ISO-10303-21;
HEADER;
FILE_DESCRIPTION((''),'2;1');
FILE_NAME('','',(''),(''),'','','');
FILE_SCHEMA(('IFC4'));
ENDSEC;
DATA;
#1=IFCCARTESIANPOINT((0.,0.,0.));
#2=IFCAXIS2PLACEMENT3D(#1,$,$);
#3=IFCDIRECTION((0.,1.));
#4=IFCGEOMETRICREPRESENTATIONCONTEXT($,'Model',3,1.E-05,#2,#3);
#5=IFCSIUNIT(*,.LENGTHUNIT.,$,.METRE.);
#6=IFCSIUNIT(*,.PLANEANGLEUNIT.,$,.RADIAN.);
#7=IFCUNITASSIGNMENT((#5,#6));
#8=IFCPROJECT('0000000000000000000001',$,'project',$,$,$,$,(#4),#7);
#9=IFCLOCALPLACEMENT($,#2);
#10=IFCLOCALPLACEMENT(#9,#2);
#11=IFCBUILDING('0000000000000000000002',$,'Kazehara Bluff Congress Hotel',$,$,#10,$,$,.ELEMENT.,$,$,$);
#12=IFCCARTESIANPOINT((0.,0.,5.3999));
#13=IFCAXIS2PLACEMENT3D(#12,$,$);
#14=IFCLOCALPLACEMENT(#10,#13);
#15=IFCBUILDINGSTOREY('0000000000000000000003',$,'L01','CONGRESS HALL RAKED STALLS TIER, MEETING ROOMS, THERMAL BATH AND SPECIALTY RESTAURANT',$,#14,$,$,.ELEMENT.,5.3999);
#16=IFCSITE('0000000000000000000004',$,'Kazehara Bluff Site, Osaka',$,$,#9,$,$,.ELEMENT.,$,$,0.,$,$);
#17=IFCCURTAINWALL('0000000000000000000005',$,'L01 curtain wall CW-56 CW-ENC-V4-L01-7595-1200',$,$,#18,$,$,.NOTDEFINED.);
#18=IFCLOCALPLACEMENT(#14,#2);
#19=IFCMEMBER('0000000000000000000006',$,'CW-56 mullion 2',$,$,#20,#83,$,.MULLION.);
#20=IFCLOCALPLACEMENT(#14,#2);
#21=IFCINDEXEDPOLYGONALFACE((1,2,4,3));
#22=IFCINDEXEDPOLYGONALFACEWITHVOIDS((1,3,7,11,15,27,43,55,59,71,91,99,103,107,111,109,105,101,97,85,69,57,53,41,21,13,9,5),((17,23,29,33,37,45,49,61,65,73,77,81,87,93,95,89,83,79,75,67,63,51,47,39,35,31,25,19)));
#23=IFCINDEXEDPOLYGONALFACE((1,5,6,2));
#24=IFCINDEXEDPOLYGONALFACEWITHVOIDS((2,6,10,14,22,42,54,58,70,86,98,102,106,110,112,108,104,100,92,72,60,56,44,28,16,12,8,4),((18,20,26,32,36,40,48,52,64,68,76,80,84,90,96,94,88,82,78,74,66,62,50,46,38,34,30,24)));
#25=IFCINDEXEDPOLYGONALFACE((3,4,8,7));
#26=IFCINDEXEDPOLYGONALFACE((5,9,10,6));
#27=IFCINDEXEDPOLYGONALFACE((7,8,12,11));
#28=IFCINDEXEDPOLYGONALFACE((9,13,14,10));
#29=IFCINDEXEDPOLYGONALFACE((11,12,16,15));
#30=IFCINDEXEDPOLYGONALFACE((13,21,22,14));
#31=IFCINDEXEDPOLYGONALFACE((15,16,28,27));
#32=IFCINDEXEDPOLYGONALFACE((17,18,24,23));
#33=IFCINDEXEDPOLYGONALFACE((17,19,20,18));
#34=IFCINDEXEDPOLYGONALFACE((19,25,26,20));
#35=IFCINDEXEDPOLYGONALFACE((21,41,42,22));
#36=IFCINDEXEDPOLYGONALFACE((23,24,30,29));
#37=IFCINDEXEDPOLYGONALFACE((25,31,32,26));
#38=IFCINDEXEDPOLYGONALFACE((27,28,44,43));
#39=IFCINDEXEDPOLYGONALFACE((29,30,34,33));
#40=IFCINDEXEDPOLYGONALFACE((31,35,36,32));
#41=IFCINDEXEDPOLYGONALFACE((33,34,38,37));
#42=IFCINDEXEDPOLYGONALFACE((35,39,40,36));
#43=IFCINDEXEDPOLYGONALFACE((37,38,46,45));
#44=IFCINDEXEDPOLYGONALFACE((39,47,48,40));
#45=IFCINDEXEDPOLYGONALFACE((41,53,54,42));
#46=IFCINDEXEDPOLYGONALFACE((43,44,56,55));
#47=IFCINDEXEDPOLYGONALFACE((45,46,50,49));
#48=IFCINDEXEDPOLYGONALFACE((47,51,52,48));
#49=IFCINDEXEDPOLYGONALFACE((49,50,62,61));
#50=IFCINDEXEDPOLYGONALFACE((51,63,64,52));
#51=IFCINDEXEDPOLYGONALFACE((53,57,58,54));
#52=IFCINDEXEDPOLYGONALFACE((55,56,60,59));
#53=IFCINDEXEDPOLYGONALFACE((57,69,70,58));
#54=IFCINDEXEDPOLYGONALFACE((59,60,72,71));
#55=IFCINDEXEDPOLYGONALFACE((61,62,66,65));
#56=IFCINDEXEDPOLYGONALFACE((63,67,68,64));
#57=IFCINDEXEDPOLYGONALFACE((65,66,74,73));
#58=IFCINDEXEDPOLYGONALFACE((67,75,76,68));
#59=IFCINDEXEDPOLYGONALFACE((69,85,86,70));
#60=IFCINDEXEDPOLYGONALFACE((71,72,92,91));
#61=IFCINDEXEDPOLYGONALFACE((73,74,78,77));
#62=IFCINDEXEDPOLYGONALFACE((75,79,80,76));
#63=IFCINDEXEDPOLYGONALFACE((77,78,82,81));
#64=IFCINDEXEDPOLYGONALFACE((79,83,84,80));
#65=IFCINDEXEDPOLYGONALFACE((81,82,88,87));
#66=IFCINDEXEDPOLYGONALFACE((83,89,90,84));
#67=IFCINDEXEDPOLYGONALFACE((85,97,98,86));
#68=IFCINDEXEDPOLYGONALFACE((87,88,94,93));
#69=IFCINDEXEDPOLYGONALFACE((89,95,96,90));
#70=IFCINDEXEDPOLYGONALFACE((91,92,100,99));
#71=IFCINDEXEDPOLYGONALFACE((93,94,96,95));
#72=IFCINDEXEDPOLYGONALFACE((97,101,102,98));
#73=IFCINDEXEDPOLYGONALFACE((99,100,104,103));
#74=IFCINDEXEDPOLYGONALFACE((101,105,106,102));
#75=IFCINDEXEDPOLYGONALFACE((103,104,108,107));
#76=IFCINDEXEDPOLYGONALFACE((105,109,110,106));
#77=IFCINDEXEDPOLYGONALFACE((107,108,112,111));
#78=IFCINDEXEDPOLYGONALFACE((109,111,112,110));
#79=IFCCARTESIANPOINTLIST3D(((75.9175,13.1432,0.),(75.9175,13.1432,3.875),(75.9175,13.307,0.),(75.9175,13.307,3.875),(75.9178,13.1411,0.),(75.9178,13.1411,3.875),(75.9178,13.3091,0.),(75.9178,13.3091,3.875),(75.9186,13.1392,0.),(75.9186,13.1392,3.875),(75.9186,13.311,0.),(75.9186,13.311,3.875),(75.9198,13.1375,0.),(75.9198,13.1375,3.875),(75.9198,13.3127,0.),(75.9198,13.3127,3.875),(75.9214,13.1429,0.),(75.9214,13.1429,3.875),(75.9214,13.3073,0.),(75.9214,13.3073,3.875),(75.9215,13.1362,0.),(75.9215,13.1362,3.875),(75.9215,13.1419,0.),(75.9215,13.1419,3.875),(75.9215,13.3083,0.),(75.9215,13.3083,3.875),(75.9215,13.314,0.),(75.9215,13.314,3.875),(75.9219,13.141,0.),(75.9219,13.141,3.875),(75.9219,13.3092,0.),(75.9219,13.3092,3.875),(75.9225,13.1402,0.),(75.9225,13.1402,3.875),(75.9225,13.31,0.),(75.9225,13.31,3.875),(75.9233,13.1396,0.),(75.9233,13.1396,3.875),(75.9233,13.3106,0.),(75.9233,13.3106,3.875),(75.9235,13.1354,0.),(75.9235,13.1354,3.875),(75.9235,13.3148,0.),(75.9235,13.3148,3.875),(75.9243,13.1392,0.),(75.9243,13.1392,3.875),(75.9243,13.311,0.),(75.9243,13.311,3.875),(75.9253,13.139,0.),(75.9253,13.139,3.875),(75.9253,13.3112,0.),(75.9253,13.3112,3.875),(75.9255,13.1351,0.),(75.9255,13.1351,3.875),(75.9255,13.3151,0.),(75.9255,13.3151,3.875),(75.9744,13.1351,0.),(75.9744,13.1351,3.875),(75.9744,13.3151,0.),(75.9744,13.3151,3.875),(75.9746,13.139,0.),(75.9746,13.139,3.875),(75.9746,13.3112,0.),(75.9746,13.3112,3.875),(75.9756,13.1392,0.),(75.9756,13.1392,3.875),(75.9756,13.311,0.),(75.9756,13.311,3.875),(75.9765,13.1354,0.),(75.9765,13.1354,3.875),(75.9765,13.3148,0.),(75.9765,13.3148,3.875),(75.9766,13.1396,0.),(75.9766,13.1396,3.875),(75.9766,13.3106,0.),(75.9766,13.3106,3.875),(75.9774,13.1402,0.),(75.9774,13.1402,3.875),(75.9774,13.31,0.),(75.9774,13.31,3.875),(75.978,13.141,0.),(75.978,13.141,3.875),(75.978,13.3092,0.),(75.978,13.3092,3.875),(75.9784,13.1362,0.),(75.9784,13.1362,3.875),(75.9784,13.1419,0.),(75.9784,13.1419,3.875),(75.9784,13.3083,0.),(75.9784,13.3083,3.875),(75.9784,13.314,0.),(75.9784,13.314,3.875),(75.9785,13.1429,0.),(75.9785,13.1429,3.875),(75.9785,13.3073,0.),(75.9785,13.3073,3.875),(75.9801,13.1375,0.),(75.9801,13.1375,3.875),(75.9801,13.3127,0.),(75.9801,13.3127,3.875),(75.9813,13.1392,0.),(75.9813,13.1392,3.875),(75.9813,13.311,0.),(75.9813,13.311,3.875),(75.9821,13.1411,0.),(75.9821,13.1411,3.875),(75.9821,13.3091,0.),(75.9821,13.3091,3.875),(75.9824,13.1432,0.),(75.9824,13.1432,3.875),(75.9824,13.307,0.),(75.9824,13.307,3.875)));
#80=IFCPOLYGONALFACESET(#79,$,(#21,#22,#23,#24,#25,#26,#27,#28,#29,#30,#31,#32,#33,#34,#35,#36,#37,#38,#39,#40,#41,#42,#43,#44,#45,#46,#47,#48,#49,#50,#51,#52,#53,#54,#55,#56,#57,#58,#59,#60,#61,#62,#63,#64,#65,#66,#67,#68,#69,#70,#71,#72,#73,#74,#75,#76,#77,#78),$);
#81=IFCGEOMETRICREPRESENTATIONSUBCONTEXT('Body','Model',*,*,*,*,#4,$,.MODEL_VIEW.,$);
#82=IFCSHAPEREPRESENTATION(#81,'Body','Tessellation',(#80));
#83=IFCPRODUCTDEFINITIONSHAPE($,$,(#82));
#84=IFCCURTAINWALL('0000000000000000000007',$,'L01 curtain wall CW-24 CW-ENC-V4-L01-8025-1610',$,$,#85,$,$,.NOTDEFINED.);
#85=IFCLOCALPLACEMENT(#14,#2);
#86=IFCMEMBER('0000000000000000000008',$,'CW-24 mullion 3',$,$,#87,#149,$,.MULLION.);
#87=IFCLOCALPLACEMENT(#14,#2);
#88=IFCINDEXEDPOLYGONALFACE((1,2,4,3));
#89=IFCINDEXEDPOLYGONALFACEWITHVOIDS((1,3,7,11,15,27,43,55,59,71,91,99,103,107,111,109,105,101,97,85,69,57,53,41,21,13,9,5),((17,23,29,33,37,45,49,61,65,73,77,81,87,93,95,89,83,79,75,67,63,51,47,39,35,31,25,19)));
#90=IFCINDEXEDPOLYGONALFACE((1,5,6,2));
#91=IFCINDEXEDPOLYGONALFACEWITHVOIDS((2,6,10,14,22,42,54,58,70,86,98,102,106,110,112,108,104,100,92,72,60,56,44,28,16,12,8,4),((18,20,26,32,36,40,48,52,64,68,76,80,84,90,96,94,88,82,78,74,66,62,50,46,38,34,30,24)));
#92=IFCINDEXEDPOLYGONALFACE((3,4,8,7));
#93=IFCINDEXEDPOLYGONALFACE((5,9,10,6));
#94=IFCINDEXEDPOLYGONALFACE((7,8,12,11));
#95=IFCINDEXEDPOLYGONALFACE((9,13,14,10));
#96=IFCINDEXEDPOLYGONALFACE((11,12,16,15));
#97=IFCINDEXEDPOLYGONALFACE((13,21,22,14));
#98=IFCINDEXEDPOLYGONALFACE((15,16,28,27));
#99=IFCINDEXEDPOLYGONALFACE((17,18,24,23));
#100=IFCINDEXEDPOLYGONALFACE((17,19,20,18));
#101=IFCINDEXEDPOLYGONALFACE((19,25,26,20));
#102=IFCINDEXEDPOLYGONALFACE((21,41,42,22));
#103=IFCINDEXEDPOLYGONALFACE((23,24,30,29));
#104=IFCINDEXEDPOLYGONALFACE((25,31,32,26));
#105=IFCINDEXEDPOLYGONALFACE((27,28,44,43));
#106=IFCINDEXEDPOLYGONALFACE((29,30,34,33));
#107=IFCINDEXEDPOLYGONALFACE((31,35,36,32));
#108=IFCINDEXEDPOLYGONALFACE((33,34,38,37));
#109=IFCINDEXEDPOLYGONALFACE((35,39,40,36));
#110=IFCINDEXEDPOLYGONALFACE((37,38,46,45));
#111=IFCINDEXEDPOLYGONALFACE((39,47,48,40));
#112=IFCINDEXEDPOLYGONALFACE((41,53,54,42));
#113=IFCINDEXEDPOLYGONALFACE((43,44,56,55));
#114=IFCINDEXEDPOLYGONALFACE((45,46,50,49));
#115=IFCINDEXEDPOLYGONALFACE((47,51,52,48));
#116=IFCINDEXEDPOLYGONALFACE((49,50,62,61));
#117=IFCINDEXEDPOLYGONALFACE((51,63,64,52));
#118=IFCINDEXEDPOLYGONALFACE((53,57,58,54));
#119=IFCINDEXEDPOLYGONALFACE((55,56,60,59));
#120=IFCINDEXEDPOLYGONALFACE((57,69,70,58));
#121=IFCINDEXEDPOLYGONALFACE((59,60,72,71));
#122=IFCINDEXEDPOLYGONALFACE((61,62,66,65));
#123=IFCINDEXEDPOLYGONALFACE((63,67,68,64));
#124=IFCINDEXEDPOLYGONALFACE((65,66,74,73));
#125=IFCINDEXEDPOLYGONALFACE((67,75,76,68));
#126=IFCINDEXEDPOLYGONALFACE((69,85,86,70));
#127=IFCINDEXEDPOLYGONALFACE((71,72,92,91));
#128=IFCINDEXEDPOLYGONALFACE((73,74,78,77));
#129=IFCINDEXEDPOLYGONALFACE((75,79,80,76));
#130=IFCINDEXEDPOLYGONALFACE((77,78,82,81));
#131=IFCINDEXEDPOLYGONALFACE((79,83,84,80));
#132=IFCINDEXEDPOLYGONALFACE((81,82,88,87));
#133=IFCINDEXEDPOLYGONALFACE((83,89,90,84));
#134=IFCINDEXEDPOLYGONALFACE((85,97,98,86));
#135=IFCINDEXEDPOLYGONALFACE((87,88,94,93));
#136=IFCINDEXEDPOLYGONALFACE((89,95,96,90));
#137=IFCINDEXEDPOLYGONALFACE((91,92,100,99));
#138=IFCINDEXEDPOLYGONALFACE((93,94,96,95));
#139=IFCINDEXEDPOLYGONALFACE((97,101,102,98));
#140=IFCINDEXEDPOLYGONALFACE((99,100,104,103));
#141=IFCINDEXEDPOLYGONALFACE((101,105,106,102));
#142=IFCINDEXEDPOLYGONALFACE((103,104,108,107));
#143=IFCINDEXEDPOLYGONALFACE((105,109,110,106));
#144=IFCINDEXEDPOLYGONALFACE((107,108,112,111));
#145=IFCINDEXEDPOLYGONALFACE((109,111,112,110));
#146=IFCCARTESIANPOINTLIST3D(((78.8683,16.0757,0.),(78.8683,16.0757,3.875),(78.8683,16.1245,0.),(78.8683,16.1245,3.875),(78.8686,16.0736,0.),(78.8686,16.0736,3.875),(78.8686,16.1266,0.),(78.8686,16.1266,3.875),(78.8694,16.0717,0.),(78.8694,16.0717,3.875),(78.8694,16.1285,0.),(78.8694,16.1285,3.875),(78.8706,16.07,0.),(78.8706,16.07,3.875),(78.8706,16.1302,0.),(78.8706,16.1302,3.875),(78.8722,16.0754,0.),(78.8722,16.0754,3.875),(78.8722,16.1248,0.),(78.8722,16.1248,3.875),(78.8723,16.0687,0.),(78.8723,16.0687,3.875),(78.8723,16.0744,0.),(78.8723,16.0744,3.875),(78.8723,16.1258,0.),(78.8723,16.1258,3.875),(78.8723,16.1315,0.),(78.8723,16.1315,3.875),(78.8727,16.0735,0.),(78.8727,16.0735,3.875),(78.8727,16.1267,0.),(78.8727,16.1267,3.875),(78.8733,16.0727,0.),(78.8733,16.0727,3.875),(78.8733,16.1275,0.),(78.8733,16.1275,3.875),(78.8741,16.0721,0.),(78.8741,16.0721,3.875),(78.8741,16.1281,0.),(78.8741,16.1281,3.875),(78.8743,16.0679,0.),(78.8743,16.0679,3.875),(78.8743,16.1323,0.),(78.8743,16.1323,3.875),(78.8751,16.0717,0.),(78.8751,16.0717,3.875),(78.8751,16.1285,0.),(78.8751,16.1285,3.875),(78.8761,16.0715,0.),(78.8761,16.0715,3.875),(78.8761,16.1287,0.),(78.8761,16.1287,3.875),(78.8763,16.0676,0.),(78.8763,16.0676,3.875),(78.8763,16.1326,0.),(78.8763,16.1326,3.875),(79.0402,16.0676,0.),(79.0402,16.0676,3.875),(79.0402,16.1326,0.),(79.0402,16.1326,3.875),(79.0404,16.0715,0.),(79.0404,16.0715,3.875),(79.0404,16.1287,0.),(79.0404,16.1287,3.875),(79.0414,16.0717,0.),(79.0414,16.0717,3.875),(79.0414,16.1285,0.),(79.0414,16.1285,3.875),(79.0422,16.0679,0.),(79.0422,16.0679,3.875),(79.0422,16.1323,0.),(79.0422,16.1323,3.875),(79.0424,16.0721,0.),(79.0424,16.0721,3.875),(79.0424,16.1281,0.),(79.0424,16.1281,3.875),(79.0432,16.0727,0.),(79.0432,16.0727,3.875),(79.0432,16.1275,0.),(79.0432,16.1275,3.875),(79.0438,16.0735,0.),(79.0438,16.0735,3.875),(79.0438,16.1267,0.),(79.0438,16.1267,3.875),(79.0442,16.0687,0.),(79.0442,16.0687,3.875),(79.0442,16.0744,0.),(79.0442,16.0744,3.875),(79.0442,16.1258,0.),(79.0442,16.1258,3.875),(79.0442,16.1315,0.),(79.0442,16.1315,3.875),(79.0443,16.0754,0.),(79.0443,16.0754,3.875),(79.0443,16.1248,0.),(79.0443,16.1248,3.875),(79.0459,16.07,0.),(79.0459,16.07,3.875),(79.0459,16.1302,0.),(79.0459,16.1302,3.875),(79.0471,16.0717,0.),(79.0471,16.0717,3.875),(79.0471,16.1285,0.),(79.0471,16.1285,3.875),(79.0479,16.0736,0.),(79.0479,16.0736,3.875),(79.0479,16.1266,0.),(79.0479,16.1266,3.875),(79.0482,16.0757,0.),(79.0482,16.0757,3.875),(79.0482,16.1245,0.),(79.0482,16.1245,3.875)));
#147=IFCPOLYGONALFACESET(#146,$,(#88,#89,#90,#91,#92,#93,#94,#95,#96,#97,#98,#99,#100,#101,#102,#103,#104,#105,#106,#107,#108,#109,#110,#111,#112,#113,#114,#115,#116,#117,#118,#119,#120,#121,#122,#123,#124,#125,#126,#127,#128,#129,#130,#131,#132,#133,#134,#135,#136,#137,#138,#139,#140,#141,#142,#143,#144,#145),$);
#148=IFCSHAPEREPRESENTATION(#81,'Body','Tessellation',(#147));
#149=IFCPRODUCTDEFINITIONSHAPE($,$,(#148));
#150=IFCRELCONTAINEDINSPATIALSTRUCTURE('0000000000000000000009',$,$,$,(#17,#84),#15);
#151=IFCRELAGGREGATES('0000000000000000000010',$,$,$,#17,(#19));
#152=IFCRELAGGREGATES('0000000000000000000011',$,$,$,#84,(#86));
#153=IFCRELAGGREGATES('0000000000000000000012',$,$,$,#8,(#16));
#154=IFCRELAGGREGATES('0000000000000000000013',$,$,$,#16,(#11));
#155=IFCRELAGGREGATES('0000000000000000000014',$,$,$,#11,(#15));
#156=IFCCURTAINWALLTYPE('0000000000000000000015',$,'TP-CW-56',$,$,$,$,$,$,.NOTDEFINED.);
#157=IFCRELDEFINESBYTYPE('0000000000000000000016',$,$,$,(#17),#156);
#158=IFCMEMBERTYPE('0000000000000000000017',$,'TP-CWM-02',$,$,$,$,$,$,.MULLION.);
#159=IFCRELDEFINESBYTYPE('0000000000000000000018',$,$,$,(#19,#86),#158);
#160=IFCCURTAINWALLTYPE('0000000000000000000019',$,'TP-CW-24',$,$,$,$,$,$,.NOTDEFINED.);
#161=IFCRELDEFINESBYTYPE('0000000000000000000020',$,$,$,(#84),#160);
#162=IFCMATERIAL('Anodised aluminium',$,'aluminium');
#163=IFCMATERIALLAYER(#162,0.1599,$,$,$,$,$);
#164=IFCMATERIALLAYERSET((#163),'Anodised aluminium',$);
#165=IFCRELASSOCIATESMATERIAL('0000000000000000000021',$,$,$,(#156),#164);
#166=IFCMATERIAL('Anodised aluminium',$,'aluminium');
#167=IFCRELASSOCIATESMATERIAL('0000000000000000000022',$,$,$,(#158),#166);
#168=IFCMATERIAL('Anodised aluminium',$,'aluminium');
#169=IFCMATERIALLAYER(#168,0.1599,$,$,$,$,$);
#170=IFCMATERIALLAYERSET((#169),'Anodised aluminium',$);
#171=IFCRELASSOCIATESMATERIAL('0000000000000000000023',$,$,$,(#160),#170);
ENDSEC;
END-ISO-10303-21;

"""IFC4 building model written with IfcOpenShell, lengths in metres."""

from ifc_helpers import new_model, si_unit, direction, frame, origin, origin_2d, place, context, subcontext, project, spatial, hollow_rectangle, extrude, material, layer, layer_set, material_profile, profile_set, type_object, element, aggregate, save


model = new_model("IFC4")

# Units and contexts
model_context = context("Model", 3, precision=1e-05, world=origin(), true_north=direction((0.0, 1.0)))
body_context = subcontext(model_context, "Body", "Model", "MODEL_VIEW")
ifc_project = project(units=[si_unit("LENGTHUNIT", "METRE"), si_unit("PLANEANGLEUNIT", "RADIAN")], contexts=[model_context])

# Site, building, storey
site_placement = place(None, origin())
site = spatial("IfcSite", under=ifc_project, at=site_placement, Name="Kazehara Bluff Site, Osaka", CompositionType="ELEMENT", RefElevation=0.0)
building_placement = place(site_placement, origin())
building = spatial("IfcBuilding", under=site, at=building_placement, Name="Kazehara Bluff Congress Hotel", CompositionType="ELEMENT")
storey_placement = place(building_placement, frame((0.0, 0.0, 5.3999)))
storey = spatial("IfcBuildingStorey", under=building, at=storey_placement, Name="L01", Description="CONGRESS HALL RAKED STALLS TIER, MEETING ROOMS, THERMAL BATH AND SPECIALTY RESTAURANT", CompositionType="ELEMENT", Elevation=5.3999)

# Curtain walls, members
ifc_material_1 = material(Name="Anodised aluminium", Category="aluminium")
ifc_layer_1 = layer(ifc_material_1, 0.1599)
ifc_layer_set_1 = layer_set([ifc_layer_1], Name="Anodised aluminium")
curtain_wall_type_1 = type_object("IfcCurtainWallType", Name="TP-CW-56", PredefinedType="NOTDEFINED", material=ifc_layer_set_1)
curtain_wall_1_placement = place(storey_placement, origin())
curtain_wall_1 = element("IfcCurtainWall", 1, at=curtain_wall_1_placement, inside=storey, type_object=curtain_wall_type_1, Name="L01 curtain wall CW-56 CW-ENC-V4-L01-7595-1200", PredefinedType="NOTDEFINED")
ifc_material_2 = material(Name="Anodised aluminium", Category="aluminium")
ifc_material_profile_1 = material_profile(ifc_material_2, hollow_rectangle(XDim=0.0649, YDim=0.1799, WallThickness=0.0039, InnerFilletRadius=0.0039, OuterFilletRadius=0.0081, at=origin_2d()))
ifc_profile_set_1 = profile_set([ifc_material_profile_1], Name="Anodised aluminium")
member_type_1 = type_object("IfcMemberType", Name="TP-CWM-02", PredefinedType="MULLION", material=ifc_profile_set_1)
member_1_placement = place(storey_placement, frame((75.95, 13.2251, 0.0), z_axis=(0.0, 0.0, 1.0), x_axis=(1.0, 0.0, 0.0)))
member_1 = element("IfcMember", 2, at=member_1_placement, type_object=member_type_1, Name="CW-56 mullion 2", PredefinedType="MULLION", context=body_context, shape_type="SweptSolid", body=[
    extrude(hollow_rectangle(XDim=0.0649, YDim=0.1799, WallThickness=0.0039, InnerFilletRadius=0.0039, OuterFilletRadius=0.0081, at=origin_2d()), origin(), (0.0, 0.0, 1.0), 3.875),
])
ifc_material_3 = material(Name="Anodised aluminium", Category="aluminium")
ifc_layer_2 = layer(ifc_material_3, 0.1599)
ifc_layer_set_2 = layer_set([ifc_layer_2], Name="Anodised aluminium")
curtain_wall_type_2 = type_object("IfcCurtainWallType", Name="TP-CW-24", PredefinedType="NOTDEFINED", material=ifc_layer_set_2)
curtain_wall_2_placement = place(storey_placement, origin())
curtain_wall_2 = element("IfcCurtainWall", 3, at=curtain_wall_2_placement, inside=storey, type_object=curtain_wall_type_2, Name="L01 curtain wall CW-24 CW-ENC-V4-L01-8025-1610", PredefinedType="NOTDEFINED")
member_2_placement = place(storey_placement, frame((78.9583, 16.1001, 0.0), z_axis=(0.0, 0.0, 1.0), x_axis=(0.0, -1.0, 0.0)))
member_2 = element("IfcMember", 4, at=member_2_placement, type_object=member_type_1, Name="CW-24 mullion 3", PredefinedType="MULLION", context=body_context, shape_type="SweptSolid", body=[
    extrude(hollow_rectangle(XDim=0.0649, YDim=0.1799, WallThickness=0.0039, InnerFilletRadius=0.0039, OuterFilletRadius=0.0081, at=origin_2d()), origin(), (0.0, 0.0, 1.0), 3.875),
])

aggregate(curtain_wall_1, [member_1])
aggregate(curtain_wall_2, [member_2])

save(model, "model.ifc")
